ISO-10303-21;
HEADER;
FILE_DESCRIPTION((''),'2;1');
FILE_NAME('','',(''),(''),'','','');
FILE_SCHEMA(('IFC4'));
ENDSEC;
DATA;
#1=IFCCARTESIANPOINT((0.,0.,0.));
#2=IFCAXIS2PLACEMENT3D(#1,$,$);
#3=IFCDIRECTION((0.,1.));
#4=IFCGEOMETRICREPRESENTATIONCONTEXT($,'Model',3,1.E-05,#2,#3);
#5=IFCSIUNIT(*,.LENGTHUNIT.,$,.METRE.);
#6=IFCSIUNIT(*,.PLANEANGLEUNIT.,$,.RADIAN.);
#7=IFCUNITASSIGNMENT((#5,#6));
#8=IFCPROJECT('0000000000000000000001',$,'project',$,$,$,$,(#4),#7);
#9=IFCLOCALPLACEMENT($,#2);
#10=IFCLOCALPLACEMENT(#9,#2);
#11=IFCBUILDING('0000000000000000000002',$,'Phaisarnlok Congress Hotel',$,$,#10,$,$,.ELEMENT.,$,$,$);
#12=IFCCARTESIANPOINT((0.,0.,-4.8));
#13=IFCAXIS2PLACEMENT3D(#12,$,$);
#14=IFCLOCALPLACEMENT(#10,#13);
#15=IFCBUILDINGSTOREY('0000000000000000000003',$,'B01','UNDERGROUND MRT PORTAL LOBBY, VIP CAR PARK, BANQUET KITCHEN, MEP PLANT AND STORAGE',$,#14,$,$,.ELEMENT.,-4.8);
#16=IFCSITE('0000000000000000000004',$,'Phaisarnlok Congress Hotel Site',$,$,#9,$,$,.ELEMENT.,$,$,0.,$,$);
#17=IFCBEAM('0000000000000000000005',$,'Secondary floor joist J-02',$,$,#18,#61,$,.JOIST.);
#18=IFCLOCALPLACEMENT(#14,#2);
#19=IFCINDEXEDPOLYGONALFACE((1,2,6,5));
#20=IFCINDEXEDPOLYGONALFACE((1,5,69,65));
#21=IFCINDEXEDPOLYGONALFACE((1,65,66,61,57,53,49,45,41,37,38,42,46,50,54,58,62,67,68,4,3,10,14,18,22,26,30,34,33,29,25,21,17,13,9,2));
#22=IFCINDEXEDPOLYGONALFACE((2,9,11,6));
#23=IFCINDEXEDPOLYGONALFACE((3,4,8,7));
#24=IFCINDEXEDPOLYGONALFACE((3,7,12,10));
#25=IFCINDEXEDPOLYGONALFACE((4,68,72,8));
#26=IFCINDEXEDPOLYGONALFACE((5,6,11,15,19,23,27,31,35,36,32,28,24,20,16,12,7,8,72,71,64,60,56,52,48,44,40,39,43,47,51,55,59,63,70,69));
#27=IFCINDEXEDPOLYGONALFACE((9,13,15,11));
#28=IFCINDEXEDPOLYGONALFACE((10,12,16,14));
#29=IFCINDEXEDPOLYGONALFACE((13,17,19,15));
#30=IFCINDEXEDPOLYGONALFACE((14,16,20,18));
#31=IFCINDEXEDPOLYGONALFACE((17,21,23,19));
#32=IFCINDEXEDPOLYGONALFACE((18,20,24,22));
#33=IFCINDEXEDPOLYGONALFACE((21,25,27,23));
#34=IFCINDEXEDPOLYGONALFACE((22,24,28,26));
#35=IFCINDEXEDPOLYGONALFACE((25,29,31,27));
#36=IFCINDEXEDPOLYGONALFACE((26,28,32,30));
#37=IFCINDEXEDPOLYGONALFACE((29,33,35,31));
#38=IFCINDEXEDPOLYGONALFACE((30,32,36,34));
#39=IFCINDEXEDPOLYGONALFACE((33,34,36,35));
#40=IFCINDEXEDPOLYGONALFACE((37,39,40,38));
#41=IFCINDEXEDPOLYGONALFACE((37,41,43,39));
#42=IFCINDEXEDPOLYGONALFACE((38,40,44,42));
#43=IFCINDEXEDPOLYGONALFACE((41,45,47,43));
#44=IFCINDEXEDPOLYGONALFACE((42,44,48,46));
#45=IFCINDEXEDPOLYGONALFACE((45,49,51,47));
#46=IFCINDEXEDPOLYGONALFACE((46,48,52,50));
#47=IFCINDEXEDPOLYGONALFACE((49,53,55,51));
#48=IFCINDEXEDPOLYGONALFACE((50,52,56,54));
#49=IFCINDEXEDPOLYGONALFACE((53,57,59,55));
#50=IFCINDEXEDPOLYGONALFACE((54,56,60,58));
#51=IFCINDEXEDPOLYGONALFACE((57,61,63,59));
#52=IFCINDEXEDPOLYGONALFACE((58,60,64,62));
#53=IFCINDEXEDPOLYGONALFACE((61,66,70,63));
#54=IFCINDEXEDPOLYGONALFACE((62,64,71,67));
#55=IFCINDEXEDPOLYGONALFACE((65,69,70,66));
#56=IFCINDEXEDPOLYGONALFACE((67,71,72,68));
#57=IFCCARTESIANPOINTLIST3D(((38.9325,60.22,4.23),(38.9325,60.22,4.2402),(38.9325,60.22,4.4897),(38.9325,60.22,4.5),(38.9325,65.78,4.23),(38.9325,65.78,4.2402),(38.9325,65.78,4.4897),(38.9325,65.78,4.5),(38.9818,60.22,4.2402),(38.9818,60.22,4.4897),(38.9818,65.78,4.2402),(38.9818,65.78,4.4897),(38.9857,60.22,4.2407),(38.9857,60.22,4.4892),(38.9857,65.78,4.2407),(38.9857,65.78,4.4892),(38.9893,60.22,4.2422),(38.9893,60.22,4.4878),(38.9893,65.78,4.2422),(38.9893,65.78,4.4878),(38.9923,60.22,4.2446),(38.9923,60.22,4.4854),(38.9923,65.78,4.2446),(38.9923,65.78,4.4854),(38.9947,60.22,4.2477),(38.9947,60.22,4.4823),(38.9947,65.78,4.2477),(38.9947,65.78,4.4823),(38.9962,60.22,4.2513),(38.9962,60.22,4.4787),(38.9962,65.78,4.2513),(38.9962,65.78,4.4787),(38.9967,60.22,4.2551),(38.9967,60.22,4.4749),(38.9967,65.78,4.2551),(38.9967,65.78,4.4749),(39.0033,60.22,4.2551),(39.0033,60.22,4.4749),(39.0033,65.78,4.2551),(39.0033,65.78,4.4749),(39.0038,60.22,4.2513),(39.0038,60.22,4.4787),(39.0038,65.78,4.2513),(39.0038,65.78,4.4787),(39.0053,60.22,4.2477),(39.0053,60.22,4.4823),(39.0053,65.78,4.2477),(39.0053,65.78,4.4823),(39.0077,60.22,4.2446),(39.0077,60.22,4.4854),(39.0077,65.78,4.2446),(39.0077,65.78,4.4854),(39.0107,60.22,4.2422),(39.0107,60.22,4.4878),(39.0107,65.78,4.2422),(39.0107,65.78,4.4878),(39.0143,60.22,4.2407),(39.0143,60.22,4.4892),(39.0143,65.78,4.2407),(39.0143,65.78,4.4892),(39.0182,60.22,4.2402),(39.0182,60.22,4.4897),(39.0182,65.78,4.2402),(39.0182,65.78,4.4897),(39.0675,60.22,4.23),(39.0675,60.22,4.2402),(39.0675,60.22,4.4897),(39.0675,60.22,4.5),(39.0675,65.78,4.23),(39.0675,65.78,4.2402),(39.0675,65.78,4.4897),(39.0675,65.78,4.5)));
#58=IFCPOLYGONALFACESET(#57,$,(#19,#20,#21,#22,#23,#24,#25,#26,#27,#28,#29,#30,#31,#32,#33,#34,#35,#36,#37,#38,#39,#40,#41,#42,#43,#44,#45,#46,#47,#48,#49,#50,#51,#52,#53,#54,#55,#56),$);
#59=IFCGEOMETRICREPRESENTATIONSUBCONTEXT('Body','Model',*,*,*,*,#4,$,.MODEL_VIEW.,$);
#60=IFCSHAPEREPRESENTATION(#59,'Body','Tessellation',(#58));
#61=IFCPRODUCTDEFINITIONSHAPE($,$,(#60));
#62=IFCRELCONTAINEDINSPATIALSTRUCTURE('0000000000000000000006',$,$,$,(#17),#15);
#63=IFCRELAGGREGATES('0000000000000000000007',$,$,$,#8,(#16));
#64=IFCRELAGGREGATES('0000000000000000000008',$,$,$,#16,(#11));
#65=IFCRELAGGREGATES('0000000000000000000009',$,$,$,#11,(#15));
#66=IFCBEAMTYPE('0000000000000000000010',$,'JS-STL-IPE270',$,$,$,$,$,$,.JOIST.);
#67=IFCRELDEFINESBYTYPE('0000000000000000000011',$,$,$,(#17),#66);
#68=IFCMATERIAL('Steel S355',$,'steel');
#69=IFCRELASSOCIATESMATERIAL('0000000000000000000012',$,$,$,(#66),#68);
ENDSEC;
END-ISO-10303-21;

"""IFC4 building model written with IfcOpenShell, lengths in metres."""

from ifc_helpers import new_model, si_unit, direction, frame, origin, origin_2d, place, context, subcontext, project, spatial, i_section, extrude, material, material_profile, profile_set, type_object, element, save


model = new_model("IFC4")

# Units and contexts
model_context = context("Model", 3, precision=1e-05, world=origin(), true_north=direction((0.0, 1.0)))
body_context = subcontext(model_context, "Body", "Model", "MODEL_VIEW")
ifc_project = project(units=[si_unit("LENGTHUNIT", "METRE"), si_unit("PLANEANGLEUNIT", "RADIAN")], contexts=[model_context])

# Site, building, storey
site_placement = place(None, origin())
site = spatial("IfcSite", under=ifc_project, at=site_placement, Name="Phaisarnlok Congress Hotel Site", CompositionType="ELEMENT", RefElevation=0.0)
building_placement = place(site_placement, origin())
building = spatial("IfcBuilding", under=site, at=building_placement, Name="Phaisarnlok Congress Hotel", CompositionType="ELEMENT")
storey_placement = place(building_placement, frame((0.0, 0.0, -4.8)))
storey = spatial("IfcBuildingStorey", under=building, at=storey_placement, Name="B01", Description="UNDERGROUND MRT PORTAL LOBBY, VIP CAR PARK, BANQUET KITCHEN, MEP PLANT AND STORAGE", CompositionType="ELEMENT", Elevation=-4.8)

# Beam
ifc_material_1 = material(Name="Steel S355", Category="steel")
ifc_material_profile_1 = material_profile(ifc_material_1, i_section(OverallWidth=0.135, OverallDepth=0.27, WebThickness=0.0066, FlangeThickness=0.0103, FilletRadius=0.0149, at=origin_2d()), Name="IPE 270")
ifc_profile_set_1 = profile_set([ifc_material_profile_1], Name="Steel S355")
beam_type_1 = type_object("IfcBeamType", Name="JS-STL-IPE270", PredefinedType="JOIST", material=ifc_profile_set_1)
for number, where, z_axis, x_axis, name in (
    (1, (39.0, 60.22, 4.365), (0.0, 1.0, 0.0), (-1.0, 0.0, 0.0), "Secondary floor joist J-02"),
):
    element("IfcBeam", number, at=place(storey_placement, frame(where, z_axis=z_axis, x_axis=x_axis)), inside=storey, type_object=beam_type_1, Name=name, PredefinedType="JOIST", context=body_context, shape_type="SweptSolid", body=[
        extrude(i_section(OverallWidth=0.135, OverallDepth=0.27, WebThickness=0.0066, FlangeThickness=0.0103, FilletRadius=0.0149, at=origin_2d()), origin(), (0.0, 0.0, 1.0), 5.5601),
    ])

save(model, "model.ifc")
